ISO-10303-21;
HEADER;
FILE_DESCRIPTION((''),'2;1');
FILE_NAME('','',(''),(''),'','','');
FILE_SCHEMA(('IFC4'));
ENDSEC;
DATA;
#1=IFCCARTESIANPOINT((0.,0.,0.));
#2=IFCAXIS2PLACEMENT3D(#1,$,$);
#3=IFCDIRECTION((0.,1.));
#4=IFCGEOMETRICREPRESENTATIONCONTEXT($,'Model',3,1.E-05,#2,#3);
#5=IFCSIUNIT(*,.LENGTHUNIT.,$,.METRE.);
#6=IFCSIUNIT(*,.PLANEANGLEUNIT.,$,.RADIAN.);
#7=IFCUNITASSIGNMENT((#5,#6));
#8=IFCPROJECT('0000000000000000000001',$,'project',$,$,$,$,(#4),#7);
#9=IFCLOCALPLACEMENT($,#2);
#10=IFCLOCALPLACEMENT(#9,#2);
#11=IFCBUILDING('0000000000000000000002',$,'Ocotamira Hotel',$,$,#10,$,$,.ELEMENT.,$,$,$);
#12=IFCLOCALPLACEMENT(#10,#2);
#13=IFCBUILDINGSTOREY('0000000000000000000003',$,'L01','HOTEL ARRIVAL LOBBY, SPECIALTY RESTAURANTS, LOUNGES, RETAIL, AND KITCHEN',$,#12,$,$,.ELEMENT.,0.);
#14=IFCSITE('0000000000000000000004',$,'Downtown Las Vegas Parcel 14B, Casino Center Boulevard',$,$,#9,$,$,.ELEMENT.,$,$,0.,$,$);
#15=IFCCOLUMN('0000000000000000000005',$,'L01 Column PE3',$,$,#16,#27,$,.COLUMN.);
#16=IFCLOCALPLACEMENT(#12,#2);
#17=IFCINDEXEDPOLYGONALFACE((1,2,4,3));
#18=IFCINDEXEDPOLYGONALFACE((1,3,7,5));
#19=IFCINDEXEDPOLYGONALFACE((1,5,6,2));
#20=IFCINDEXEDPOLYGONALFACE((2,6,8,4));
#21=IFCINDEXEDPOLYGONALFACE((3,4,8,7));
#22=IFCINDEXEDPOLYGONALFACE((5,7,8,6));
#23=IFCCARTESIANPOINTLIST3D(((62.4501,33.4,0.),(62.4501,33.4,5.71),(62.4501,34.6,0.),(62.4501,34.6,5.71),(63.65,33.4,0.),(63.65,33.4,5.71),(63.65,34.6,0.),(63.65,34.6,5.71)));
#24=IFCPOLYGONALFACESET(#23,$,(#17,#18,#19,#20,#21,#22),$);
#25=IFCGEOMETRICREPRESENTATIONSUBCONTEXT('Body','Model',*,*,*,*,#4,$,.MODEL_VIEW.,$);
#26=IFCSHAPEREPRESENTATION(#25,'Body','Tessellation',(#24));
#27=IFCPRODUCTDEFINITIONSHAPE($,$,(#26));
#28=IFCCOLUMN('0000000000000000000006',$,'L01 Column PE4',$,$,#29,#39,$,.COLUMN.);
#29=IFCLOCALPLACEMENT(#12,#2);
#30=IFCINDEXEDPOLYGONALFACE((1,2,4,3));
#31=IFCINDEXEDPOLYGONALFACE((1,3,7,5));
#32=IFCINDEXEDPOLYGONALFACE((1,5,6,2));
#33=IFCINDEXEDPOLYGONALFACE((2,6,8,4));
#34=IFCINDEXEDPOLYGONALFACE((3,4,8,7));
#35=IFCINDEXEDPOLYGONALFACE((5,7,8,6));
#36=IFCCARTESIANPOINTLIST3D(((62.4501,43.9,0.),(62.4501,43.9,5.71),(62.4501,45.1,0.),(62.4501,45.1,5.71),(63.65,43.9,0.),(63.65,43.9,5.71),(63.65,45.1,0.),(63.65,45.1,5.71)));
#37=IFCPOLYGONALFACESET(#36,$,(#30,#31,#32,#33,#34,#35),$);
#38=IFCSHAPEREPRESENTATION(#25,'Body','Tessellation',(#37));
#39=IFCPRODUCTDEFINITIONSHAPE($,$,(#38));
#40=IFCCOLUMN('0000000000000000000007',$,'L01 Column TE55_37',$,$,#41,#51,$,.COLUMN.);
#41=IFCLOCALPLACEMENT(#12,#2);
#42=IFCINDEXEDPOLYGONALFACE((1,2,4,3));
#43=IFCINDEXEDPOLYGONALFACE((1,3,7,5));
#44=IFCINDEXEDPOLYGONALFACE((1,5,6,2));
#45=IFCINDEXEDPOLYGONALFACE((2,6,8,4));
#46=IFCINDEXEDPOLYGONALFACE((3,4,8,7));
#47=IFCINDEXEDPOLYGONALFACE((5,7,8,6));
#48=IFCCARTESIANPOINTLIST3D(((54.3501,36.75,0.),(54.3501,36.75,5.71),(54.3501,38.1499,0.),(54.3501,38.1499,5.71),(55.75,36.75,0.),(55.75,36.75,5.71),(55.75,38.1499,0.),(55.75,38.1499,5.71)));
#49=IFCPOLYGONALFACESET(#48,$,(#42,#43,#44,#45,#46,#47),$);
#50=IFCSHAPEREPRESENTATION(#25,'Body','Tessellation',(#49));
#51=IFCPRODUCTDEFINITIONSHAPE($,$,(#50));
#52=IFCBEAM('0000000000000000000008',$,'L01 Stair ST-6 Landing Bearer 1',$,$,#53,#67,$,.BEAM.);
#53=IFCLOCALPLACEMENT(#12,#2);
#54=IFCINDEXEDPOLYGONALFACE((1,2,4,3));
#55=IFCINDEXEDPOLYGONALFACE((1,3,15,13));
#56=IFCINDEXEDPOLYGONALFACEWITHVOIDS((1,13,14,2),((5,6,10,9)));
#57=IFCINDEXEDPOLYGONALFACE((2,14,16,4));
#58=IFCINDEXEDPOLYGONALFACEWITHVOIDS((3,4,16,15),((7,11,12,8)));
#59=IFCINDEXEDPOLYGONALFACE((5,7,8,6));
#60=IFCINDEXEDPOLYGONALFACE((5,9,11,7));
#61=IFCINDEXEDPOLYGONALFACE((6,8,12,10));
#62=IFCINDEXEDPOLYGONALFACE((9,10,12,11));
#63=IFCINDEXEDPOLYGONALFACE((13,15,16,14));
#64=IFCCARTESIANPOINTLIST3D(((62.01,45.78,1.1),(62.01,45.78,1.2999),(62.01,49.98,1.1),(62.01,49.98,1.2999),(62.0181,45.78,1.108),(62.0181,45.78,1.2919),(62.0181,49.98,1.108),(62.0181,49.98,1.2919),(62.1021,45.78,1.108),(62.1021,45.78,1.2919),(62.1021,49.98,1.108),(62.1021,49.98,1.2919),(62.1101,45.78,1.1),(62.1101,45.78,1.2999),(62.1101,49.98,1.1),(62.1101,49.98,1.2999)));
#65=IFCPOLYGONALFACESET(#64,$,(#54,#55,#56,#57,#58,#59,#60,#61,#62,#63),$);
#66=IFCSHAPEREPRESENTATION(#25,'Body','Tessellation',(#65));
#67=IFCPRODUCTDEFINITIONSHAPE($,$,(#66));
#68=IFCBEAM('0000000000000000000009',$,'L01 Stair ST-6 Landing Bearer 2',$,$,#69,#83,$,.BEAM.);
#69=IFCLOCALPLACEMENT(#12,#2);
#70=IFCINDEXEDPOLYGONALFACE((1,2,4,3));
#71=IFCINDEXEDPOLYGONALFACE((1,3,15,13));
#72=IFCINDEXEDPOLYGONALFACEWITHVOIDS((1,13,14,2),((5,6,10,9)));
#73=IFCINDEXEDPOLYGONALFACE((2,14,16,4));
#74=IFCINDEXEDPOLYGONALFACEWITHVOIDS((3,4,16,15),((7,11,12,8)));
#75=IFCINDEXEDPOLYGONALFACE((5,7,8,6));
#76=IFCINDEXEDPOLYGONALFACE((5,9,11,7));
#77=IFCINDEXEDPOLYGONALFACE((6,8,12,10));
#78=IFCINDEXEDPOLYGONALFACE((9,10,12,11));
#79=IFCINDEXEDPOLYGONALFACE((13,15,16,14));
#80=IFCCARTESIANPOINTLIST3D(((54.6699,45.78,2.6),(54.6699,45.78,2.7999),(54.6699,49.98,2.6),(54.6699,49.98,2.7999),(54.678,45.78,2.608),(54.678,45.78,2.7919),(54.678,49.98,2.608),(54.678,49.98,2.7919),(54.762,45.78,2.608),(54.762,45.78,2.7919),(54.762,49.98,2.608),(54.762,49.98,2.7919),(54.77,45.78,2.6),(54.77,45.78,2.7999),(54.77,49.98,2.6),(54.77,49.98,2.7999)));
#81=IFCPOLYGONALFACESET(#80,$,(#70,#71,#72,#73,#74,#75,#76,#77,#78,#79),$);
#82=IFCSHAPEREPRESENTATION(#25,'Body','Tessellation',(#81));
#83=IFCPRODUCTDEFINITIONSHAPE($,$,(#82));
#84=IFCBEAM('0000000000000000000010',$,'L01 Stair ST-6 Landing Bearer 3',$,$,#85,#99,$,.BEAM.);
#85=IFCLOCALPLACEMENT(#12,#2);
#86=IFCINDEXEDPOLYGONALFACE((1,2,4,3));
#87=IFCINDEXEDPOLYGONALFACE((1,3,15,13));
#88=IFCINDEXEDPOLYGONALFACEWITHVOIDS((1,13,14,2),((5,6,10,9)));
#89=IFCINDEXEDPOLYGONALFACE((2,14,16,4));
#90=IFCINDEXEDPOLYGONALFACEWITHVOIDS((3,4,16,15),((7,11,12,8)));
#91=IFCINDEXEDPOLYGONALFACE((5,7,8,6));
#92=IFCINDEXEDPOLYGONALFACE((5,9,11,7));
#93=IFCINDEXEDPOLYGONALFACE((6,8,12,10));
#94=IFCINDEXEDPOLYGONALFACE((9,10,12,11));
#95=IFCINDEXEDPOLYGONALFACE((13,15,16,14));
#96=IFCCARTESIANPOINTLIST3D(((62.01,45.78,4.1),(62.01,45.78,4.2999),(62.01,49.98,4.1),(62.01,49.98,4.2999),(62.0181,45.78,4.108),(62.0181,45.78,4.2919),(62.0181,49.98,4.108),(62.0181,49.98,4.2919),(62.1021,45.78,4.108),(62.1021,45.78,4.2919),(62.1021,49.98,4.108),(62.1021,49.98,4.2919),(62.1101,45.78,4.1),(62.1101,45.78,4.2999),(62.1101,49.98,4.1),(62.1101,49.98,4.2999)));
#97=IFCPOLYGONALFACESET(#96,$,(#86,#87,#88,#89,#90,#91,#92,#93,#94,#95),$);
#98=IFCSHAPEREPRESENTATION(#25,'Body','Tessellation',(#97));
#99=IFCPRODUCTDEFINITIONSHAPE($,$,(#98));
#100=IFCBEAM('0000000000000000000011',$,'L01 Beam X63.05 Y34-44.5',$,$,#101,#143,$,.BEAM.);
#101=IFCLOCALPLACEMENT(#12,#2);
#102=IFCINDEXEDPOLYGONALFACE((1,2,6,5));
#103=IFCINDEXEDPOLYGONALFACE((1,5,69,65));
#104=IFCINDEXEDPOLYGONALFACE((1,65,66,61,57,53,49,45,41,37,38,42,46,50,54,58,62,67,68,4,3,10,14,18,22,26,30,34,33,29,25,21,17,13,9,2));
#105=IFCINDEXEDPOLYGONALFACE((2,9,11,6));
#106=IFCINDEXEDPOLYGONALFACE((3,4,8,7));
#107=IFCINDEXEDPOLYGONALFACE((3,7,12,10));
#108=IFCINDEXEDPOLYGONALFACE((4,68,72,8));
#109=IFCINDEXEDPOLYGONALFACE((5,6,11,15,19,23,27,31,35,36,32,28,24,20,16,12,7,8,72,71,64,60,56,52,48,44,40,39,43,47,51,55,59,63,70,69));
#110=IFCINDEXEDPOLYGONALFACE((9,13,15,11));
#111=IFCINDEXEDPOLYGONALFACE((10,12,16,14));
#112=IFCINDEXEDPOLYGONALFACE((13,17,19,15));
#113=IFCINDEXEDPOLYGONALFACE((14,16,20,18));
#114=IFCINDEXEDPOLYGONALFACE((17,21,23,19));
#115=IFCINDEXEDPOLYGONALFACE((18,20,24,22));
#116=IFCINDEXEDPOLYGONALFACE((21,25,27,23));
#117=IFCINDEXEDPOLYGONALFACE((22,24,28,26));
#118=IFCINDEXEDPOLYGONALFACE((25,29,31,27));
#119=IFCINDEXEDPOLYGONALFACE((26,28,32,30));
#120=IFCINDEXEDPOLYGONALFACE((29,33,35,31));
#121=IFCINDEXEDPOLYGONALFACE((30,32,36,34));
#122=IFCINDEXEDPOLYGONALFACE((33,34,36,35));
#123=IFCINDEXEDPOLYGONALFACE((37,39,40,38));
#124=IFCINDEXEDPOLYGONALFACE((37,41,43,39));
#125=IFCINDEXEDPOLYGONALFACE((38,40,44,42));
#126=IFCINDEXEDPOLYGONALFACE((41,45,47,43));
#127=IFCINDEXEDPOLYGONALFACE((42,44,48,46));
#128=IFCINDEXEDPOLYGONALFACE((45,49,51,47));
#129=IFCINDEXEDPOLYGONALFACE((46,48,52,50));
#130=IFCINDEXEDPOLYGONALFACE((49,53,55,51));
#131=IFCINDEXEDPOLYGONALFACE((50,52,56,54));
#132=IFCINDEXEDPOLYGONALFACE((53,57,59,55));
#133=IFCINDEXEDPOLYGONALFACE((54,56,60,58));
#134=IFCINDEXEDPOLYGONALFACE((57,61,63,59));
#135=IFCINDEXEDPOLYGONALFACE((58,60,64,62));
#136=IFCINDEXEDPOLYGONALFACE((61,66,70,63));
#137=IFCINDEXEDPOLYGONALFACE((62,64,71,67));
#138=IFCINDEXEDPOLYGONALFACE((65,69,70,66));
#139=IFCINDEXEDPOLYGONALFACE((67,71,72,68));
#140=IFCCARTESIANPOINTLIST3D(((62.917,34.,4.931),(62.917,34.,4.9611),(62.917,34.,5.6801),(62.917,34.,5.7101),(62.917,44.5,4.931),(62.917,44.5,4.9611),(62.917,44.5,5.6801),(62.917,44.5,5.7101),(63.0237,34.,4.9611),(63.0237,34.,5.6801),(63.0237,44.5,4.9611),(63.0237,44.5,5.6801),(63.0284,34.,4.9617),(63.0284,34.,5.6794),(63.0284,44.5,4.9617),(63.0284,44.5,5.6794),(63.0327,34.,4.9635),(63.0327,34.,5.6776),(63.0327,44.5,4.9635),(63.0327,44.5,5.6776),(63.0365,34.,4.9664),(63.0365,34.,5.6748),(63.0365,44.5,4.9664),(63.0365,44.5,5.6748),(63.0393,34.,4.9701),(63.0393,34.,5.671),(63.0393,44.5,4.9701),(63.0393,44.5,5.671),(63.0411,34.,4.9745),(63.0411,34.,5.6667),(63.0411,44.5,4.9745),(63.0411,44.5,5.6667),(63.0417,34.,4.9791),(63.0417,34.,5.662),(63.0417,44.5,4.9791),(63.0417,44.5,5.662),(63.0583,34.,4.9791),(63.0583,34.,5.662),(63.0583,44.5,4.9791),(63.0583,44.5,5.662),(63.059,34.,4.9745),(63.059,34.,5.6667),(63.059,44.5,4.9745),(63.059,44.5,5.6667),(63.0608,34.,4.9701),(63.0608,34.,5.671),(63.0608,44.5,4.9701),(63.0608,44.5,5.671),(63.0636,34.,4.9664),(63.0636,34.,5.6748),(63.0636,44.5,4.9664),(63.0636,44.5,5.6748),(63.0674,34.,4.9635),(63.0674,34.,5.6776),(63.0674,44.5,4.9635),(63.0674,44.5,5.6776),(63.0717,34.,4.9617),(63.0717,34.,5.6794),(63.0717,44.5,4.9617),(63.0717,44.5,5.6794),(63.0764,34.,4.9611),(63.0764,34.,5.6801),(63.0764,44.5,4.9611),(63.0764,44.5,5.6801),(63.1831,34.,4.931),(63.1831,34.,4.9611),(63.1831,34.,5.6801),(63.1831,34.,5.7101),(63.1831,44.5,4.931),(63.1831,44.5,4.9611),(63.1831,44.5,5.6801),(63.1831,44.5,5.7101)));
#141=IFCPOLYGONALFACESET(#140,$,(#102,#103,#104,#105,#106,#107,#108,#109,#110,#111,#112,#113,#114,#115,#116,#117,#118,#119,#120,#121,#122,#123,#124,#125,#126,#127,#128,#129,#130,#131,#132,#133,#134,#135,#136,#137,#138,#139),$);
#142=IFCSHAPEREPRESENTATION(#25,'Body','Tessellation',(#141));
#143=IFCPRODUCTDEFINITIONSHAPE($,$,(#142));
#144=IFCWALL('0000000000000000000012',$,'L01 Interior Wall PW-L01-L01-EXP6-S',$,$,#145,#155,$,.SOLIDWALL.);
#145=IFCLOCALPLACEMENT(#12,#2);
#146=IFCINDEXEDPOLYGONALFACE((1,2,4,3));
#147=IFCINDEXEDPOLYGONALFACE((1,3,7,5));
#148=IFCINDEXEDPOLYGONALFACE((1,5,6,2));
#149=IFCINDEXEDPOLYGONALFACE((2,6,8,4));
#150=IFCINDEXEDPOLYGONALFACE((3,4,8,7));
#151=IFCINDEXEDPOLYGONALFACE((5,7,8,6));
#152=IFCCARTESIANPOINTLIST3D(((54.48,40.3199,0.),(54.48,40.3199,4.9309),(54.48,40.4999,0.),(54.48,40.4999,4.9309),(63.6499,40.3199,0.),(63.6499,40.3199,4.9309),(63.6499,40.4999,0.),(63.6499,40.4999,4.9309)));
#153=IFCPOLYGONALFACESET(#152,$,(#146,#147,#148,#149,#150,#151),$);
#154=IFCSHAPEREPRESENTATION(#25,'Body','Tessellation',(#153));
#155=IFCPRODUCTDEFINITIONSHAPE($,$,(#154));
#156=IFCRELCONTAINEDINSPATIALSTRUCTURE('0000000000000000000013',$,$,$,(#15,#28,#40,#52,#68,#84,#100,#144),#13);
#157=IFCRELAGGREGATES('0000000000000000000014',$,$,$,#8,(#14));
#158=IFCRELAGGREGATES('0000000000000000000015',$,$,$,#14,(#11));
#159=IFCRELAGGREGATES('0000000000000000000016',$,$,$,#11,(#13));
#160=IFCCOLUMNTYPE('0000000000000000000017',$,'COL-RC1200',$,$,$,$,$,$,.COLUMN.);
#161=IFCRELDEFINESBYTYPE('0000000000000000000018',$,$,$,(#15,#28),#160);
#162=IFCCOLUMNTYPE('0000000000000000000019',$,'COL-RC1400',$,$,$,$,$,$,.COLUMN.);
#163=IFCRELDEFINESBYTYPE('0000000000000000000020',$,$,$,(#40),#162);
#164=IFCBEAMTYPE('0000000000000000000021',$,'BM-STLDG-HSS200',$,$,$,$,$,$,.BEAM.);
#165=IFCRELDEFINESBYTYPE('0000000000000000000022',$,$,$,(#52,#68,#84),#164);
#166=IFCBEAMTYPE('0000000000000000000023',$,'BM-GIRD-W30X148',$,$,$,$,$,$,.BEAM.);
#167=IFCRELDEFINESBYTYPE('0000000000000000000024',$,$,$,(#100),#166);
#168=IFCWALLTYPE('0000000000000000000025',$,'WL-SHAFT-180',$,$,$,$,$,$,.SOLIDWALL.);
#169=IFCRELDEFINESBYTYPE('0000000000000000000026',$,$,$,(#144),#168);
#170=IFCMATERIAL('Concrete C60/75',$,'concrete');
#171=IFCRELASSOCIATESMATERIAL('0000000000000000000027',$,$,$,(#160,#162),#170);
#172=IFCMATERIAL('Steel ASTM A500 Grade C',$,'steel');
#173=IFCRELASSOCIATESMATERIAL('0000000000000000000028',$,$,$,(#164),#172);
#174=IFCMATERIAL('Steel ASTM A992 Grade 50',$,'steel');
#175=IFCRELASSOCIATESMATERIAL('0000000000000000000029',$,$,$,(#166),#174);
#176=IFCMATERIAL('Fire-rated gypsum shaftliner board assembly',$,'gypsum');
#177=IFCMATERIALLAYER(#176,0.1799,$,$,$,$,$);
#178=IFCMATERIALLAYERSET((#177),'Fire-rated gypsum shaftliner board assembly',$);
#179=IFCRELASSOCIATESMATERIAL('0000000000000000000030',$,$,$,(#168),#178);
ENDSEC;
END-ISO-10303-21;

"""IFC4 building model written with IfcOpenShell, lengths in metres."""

from ifc_helpers import new_model, si_unit, direction, frame, frame_2d, origin, origin_2d, place, context, subcontext, project, spatial, rectangle, hollow_rectangle, i_section, extrude, source, transform, mapped, material, layer, layer_set, material_profile, profile_set, type_object, element, save


model = new_model("IFC4")

# Units and contexts
model_context = context("Model", 3, precision=1e-05, world=origin(), true_north=direction((0.0, 1.0)))
body_context = subcontext(model_context, "Body", "Model", "MODEL_VIEW")
ifc_project = project(units=[si_unit("LENGTHUNIT", "METRE"), si_unit("PLANEANGLEUNIT", "RADIAN")], contexts=[model_context])

# Site, building, storey
site_placement = place(None, origin())
site = spatial("IfcSite", under=ifc_project, at=site_placement, Name="Downtown Las Vegas Parcel 14B, Casino Center Boulevard", CompositionType="ELEMENT", RefElevation=0.0)
building_placement = place(site_placement, origin())
building = spatial("IfcBuilding", under=site, at=building_placement, Name="Ocotamira Hotel", CompositionType="ELEMENT")
storey_placement = place(building_placement, origin())
storey = spatial("IfcBuildingStorey", under=building, at=storey_placement, Name="L01", Description="HOTEL ARRIVAL LOBBY, SPECIALTY RESTAURANTS, LOUNGES, RETAIL, AND KITCHEN", CompositionType="ELEMENT", Elevation=0.0)

# Columns
ifc_material_1 = material(Name="Concrete C60/75", Category="concrete")
ifc_material_profile_1 = material_profile(ifc_material_1, rectangle(XDim=1.2, YDim=1.2, at=origin_2d()), Name="RC1200X1200")
ifc_profile_set_1 = profile_set([ifc_material_profile_1], Name="Concrete C60/75")
column_type_1 = type_object("IfcColumnType", Name="COL-RC1200", PredefinedType="COLUMN", material=ifc_profile_set_1)
shared_shape_1 = source(origin(), body_context, "Body", "SweptSolid", [
    extrude(rectangle(XDim=1.2, YDim=1.2, at=origin_2d()), origin(), (0.0, 0.0, 1.0), 5.71),
])
for number, where, z_axis, x_axis, name in (
    (1, (63.05, 34.0, 0.0), (0.0, 0.0, 1.0), (1.0, 0.0, 0.0), "L01 Column PE3"),
    (2, (63.05, 44.5, 0.0), (0.0, 0.0, 1.0), (1.0, 0.0, 0.0), "L01 Column PE4"),
):
    element("IfcColumn", number, at=place(storey_placement, frame(where, z_axis=z_axis, x_axis=x_axis)), inside=storey, type_object=column_type_1, Name=name, PredefinedType="COLUMN", context=body_context, shape_type="MappedRepresentation", body=[
        mapped(shared_shape_1, transform((0.0, 0.0, 0.0), scale=1.0)),
    ])
ifc_material_profile_2 = material_profile(ifc_material_1, rectangle(XDim=1.3999, YDim=1.3999, at=origin_2d()), Name="RC1400X1400")
ifc_profile_set_2 = profile_set([ifc_material_profile_2], Name="Concrete C60/75")
column_type_2 = type_object("IfcColumnType", Name="COL-RC1400", PredefinedType="COLUMN", material=ifc_profile_set_2)
shared_shape_2 = source(origin(), body_context, "Body", "SweptSolid", [
    extrude(rectangle(XDim=1.3999, YDim=1.3999, at=origin_2d()), origin(), (0.0, 0.0, 1.0), 5.71),
])
column_placement = place(storey_placement, frame((55.05, 37.45, 0.0), z_axis=(0.0, 0.0, 1.0), x_axis=(1.0, 0.0, 0.0)))
element("IfcColumn", 3, at=column_placement, inside=storey, type_object=column_type_2, Name="L01 Column TE55_37", PredefinedType="COLUMN", context=body_context, shape_type="MappedRepresentation", body=[
    mapped(shared_shape_2, transform((0.0, 0.0, 0.0), scale=1.0)),
])

# Beams
ifc_material_2 = material(Name="Steel ASTM A500 Grade C", Category="steel")
ifc_material_profile_3 = material_profile(ifc_material_2, hollow_rectangle(XDim=0.1001, YDim=0.2, WallThickness=0.0081, at=origin_2d()), Name="HSS200X100X8")
ifc_profile_set_3 = profile_set([ifc_material_profile_3], Name="Steel ASTM A500 Grade C")
beam_type_1 = type_object("IfcBeamType", Name="BM-STLDG-HSS200", PredefinedType="BEAM", material=ifc_profile_set_3)
shared_shape_3 = source(origin(), body_context, "Body", "SweptSolid", [
    extrude(hollow_rectangle(XDim=0.1001, YDim=0.2, WallThickness=0.0081, at=origin_2d()), origin(), (0.0, 0.0, 1.0), 4.2),
])
for number, where, z_axis, x_axis, name in (
    (4, (62.0601, 45.78, 1.2), (0.0, 1.0, 0.0), (-1.0, 0.0, 0.0), "L01 Stair ST-6 Landing Bearer 1"),
    (5, (54.72, 45.78, 2.7), (0.0, 1.0, 0.0), (-1.0, 0.0, 0.0), "L01 Stair ST-6 Landing Bearer 2"),
    (6, (62.0601, 45.78, 4.2), (0.0, 1.0, 0.0), (-1.0, 0.0, 0.0), "L01 Stair ST-6 Landing Bearer 3"),
):
    element("IfcBeam", number, at=place(storey_placement, frame(where, z_axis=z_axis, x_axis=x_axis)), inside=storey, type_object=beam_type_1, Name=name, PredefinedType="BEAM", context=body_context, shape_type="MappedRepresentation", body=[
        mapped(shared_shape_3, transform((0.0, 0.0, 0.0), scale=1.0)),
    ])
ifc_material_3 = material(Name="Steel ASTM A992 Grade 50", Category="steel")
ifc_material_profile_4 = material_profile(ifc_material_3, i_section(OverallWidth=0.2661, OverallDepth=0.7791, WebThickness=0.0166, FlangeThickness=0.03, FilletRadius=0.0181, at=origin_2d()), Name="W30X148")
ifc_profile_set_4 = profile_set([ifc_material_profile_4], Name="Steel ASTM A992 Grade 50")
beam_type_2 = type_object("IfcBeamType", Name="BM-GIRD-W30X148", PredefinedType="BEAM", material=ifc_profile_set_4)
shared_shape_4 = source(origin(), body_context, "Body", "SweptSolid", [
    extrude(i_section(OverallWidth=0.2661, OverallDepth=0.7791, WebThickness=0.0166, FlangeThickness=0.03, FilletRadius=0.0181, at=origin_2d()), origin(), (0.0, 0.0, 1.0), 10.5),
])
beam_placement = place(storey_placement, frame((63.05, 34.0, 5.3206), z_axis=(0.0, 1.0, 0.0), x_axis=(-1.0, 0.0, 0.0)))
element("IfcBeam", 7, at=beam_placement, inside=storey, type_object=beam_type_2, Name="L01 Beam X63.05 Y34-44.5", PredefinedType="BEAM", context=body_context, shape_type="MappedRepresentation", body=[
    mapped(shared_shape_4, transform((0.0, 0.0, 0.0), scale=1.0)),
])

# Wall
ifc_material_4 = material(Name="Fire-rated gypsum shaftliner board assembly", Category="gypsum")
ifc_layer_1 = layer(ifc_material_4, 0.1799)
ifc_layer_set_1 = layer_set([ifc_layer_1], Name="Fire-rated gypsum shaftliner board assembly")
wall_type_1 = type_object("IfcWallType", Name="WL-SHAFT-180", PredefinedType="SOLIDWALL", material=ifc_layer_set_1)
wall_1_placement = place(storey_placement, frame((54.48, 40.4099, 0.0), z_axis=(0.0, 0.0, 1.0), x_axis=(1.0, 0.0, 0.0)))
element("IfcWall", 8, at=wall_1_placement, inside=storey, type_object=wall_type_1, Name="L01 Interior Wall PW-L01-L01-EXP6-S", PredefinedType="SOLIDWALL", context=body_context, shape_type="SweptSolid", body=[
    extrude(rectangle(XDim=9.1699, YDim=0.1799, at=frame_2d((4.585, 0.0))), origin(), (0.0, 0.0, 1.0), 4.9309),
])

save(model, "model.ifc")
